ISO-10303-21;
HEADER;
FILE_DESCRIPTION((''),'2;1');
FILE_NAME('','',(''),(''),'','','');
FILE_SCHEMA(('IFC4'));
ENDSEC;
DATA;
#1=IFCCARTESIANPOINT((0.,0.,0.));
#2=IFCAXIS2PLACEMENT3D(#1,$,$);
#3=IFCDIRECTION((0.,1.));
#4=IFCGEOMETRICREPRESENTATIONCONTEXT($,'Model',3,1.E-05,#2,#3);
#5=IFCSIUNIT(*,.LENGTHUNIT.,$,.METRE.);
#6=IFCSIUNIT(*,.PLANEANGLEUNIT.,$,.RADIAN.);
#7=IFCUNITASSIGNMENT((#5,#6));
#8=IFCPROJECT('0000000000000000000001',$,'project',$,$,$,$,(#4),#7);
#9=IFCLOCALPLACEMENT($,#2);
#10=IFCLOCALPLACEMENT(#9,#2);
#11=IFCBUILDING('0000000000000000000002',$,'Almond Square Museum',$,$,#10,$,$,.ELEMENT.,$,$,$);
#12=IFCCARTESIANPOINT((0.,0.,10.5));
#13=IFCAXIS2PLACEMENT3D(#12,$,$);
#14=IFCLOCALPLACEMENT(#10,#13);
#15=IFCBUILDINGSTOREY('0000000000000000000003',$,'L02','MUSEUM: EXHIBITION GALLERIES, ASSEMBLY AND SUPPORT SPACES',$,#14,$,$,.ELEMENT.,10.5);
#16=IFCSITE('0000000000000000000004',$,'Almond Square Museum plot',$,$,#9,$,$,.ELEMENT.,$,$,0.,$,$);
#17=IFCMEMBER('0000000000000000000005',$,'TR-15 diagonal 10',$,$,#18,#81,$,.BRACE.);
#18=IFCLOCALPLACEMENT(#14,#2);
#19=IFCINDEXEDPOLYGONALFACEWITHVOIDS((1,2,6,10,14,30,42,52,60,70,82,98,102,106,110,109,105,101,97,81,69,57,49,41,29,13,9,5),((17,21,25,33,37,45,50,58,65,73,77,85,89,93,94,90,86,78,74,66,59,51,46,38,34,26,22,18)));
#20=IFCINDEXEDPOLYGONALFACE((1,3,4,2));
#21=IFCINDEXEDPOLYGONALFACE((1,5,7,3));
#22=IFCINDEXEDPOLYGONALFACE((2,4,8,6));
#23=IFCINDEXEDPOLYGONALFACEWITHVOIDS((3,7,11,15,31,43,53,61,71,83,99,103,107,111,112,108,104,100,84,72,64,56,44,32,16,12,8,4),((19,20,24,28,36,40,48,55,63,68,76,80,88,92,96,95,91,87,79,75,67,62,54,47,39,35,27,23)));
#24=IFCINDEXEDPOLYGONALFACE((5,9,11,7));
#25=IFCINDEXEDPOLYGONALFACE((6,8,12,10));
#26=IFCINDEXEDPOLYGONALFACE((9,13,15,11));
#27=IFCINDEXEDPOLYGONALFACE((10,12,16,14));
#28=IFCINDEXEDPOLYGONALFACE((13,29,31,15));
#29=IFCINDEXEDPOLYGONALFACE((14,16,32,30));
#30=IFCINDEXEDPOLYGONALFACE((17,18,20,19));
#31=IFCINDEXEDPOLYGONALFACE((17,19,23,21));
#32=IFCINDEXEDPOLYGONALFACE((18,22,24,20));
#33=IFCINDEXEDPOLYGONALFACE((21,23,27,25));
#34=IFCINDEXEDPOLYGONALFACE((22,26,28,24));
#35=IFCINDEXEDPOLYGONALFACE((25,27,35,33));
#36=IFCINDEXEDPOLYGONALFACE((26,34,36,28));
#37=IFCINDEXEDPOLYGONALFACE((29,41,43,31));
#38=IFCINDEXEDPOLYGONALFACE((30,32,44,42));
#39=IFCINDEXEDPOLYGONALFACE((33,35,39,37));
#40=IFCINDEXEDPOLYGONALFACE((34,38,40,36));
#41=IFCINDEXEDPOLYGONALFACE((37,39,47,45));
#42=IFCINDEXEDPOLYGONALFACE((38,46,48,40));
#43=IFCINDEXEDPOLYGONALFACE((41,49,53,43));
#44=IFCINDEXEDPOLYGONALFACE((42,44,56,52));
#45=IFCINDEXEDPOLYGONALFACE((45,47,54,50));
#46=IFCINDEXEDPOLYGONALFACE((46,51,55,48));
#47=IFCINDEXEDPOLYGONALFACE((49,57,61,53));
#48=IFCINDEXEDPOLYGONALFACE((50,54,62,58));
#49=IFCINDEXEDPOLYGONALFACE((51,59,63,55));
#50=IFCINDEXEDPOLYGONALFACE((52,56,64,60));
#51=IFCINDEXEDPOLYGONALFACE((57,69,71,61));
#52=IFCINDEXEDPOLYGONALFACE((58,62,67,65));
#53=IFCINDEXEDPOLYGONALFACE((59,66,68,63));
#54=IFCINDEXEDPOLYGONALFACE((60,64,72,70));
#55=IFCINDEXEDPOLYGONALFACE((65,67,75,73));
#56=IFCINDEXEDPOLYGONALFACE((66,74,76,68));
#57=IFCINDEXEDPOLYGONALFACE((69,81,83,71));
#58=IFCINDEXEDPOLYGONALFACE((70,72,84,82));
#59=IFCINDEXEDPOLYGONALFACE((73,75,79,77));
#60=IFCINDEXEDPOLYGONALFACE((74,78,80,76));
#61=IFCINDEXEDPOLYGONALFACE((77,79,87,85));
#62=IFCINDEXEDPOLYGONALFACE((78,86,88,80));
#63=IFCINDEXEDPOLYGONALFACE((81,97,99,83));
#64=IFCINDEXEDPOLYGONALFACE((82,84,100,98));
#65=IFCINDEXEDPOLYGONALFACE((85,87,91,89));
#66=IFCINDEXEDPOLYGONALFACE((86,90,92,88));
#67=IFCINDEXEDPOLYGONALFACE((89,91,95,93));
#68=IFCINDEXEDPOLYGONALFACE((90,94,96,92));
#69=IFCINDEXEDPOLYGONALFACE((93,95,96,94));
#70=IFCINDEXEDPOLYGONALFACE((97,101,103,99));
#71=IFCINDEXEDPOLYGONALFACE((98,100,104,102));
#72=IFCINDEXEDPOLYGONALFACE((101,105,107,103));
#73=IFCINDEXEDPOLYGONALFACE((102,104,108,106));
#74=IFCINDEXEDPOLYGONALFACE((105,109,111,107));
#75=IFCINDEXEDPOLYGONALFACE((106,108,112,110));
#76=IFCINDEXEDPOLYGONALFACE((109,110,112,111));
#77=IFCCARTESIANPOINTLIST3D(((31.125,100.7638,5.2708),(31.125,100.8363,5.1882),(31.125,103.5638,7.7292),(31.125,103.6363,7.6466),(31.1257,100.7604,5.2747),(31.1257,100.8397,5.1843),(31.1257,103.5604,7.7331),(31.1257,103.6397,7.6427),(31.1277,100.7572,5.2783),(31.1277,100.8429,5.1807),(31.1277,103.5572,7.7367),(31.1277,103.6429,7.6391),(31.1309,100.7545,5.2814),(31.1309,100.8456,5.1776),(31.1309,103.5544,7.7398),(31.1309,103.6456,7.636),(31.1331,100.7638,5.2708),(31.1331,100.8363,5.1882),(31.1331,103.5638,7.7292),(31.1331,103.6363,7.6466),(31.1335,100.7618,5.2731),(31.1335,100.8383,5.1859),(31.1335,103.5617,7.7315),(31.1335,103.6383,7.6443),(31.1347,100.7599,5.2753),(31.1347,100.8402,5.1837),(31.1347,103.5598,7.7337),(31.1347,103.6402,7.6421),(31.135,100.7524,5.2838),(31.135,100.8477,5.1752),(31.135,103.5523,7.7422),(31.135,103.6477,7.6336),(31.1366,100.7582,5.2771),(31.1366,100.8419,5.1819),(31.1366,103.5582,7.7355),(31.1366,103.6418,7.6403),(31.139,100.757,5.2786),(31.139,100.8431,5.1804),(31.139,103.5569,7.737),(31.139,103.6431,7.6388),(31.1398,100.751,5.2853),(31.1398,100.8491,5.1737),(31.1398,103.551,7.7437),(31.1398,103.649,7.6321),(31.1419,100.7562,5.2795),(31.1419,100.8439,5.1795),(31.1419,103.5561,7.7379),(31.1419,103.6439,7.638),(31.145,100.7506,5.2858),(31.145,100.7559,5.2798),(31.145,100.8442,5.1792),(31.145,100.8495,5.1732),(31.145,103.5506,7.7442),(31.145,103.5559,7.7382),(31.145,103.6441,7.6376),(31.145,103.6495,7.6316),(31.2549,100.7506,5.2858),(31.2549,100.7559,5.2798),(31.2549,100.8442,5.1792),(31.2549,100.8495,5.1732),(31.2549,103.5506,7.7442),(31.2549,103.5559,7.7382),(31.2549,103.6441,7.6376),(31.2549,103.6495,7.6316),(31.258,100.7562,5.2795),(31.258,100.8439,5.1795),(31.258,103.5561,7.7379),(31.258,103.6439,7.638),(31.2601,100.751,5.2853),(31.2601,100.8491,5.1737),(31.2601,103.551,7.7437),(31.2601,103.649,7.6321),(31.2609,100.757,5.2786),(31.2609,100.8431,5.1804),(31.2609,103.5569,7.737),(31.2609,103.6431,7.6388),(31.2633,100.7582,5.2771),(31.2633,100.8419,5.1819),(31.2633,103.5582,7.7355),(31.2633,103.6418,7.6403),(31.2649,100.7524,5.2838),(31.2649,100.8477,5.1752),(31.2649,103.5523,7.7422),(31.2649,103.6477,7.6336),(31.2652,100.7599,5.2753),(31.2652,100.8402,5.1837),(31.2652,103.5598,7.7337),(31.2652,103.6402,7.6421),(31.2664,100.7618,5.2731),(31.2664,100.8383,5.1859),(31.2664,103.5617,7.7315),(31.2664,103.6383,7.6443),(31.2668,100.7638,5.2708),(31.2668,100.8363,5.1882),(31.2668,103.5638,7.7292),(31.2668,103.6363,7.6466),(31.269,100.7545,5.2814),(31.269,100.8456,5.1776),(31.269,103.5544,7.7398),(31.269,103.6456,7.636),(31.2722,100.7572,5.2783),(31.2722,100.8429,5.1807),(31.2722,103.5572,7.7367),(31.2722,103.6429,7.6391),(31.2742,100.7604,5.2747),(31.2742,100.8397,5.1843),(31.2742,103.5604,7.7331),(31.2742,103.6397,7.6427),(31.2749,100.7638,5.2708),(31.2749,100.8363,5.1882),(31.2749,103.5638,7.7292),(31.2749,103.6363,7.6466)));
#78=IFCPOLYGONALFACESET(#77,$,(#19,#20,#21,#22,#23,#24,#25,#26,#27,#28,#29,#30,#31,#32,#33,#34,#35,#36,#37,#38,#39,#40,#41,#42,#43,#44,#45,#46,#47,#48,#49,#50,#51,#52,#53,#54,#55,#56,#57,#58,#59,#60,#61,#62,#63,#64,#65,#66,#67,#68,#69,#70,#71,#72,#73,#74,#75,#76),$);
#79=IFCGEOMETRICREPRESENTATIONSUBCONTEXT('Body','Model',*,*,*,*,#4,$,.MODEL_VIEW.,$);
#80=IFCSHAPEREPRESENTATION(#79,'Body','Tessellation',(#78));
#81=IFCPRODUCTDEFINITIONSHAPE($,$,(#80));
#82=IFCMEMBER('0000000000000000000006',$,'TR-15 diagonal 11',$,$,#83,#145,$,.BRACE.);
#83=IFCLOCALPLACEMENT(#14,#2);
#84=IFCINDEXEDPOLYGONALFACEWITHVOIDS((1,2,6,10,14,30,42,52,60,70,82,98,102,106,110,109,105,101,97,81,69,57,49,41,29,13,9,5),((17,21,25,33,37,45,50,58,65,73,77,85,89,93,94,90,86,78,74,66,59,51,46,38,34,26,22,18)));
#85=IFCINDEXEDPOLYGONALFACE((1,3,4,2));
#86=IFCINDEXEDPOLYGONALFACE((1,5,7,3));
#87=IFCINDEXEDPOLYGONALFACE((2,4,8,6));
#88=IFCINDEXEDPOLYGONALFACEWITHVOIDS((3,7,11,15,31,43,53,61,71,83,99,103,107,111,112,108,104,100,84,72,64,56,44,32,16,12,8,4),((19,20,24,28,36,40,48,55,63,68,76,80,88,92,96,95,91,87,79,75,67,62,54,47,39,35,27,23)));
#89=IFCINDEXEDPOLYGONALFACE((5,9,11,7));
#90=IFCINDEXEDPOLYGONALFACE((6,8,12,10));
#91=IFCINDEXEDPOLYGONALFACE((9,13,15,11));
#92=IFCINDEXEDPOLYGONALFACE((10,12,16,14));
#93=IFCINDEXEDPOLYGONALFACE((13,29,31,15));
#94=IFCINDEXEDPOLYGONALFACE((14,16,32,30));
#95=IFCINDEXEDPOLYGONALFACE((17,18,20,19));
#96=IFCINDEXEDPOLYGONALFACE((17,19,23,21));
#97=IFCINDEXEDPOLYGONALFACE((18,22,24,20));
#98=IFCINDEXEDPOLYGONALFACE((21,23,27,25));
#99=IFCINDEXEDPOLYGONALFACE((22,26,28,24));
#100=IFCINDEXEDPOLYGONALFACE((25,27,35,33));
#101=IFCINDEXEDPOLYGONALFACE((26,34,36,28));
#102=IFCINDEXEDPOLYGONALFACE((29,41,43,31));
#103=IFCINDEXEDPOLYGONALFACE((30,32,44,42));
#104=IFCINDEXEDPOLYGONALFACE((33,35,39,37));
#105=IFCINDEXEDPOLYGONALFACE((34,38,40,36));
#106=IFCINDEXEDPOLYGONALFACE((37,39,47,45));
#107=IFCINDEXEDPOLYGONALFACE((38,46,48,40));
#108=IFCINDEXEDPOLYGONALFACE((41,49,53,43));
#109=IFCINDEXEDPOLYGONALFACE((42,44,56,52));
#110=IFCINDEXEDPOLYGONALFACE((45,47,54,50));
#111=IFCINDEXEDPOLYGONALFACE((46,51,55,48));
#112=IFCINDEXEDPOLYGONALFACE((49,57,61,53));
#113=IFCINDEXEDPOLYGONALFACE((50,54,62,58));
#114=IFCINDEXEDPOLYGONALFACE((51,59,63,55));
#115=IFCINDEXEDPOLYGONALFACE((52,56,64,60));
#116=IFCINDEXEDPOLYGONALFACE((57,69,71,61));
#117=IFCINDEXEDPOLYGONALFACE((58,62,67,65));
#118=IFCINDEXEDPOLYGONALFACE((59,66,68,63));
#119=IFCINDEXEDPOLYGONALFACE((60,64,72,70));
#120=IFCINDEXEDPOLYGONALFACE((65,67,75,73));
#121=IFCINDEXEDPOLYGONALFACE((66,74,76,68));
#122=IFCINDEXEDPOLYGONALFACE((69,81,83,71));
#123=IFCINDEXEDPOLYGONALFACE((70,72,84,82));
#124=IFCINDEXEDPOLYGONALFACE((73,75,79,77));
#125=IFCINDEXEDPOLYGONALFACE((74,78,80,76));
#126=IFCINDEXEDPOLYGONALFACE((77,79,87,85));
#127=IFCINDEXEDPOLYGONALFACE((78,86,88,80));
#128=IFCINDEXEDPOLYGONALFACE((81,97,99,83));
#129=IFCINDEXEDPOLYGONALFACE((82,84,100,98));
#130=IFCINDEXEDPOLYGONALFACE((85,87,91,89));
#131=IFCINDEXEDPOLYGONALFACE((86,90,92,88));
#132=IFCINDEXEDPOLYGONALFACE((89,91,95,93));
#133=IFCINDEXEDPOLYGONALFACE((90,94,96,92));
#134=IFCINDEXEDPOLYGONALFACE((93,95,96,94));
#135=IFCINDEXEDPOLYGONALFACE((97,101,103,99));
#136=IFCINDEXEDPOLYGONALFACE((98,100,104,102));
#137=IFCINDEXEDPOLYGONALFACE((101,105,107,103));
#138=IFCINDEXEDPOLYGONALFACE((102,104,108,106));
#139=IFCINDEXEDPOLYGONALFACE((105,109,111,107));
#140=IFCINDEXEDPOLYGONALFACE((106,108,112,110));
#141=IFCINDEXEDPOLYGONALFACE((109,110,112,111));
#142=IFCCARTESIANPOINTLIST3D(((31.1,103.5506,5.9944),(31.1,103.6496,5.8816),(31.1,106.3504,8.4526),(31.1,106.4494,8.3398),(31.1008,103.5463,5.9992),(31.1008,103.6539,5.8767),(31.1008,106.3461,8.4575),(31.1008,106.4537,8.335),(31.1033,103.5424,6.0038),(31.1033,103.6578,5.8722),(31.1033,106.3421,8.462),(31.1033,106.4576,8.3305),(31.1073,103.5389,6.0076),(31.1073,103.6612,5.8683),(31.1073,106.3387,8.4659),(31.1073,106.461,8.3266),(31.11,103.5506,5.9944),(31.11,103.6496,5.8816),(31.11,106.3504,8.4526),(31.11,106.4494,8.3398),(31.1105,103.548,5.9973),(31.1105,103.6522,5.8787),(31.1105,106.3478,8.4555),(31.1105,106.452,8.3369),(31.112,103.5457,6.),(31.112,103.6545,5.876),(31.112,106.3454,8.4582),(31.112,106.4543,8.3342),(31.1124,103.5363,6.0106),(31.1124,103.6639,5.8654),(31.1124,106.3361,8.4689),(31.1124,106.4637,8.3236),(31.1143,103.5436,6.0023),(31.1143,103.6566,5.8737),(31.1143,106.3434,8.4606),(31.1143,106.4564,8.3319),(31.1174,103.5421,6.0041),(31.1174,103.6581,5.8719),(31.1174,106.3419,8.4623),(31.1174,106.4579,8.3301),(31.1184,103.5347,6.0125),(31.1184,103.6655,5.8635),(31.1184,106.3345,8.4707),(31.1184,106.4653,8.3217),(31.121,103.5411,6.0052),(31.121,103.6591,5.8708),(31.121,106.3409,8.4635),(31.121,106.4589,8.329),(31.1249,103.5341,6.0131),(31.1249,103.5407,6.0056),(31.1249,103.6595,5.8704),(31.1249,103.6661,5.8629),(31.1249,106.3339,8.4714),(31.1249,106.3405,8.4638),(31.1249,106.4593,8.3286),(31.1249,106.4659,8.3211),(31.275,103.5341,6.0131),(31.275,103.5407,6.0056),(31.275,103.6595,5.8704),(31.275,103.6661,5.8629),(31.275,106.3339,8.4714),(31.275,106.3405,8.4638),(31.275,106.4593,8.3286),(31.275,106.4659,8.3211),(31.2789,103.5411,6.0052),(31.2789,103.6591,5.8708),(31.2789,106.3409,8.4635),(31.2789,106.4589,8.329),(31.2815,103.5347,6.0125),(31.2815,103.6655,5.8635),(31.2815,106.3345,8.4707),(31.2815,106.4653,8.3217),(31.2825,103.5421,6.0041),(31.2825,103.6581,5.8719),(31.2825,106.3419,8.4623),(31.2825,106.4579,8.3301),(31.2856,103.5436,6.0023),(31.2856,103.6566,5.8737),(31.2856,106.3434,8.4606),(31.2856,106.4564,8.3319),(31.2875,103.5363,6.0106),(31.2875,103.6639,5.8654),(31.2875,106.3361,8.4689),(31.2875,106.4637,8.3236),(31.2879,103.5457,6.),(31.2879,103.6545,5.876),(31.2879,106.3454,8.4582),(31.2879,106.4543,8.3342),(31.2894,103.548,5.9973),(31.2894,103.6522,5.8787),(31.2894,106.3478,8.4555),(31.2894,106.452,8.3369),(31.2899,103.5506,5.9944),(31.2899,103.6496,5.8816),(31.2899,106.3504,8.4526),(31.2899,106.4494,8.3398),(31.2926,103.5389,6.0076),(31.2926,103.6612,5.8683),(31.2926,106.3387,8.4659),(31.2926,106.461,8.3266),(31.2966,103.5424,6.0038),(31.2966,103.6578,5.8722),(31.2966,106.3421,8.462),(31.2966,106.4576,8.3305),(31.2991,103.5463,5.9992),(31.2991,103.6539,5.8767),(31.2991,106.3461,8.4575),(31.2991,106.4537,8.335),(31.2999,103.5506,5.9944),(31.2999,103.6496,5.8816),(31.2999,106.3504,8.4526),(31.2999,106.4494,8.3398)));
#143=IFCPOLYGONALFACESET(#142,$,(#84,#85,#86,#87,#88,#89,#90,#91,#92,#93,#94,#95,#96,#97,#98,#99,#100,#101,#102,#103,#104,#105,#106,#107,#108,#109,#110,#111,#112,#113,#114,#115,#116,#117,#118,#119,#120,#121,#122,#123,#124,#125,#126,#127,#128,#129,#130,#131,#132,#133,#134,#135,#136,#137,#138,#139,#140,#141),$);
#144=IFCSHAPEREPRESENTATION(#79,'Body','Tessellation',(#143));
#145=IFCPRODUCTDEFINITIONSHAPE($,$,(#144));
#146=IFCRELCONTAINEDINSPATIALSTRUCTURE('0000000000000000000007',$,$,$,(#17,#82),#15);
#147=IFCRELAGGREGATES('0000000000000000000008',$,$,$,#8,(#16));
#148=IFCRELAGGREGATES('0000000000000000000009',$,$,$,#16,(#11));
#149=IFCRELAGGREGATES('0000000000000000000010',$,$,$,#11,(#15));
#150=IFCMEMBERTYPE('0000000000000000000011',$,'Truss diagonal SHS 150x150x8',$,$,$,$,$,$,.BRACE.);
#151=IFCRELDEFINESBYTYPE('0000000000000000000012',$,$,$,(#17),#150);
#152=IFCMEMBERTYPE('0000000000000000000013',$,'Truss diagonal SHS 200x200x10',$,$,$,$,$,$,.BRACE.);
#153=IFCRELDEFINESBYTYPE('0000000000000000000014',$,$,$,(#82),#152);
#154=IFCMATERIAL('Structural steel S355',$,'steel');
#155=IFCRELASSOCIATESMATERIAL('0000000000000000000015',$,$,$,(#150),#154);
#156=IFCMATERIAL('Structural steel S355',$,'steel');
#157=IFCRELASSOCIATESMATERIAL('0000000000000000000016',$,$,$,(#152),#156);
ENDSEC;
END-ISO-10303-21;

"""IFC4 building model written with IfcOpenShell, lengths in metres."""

from ifc_helpers import new_model, si_unit, direction, frame, origin, origin_2d, place, context, subcontext, project, spatial, hollow_rectangle, extrude, material, material_profile, profile_set, type_object, element, save


model = new_model("IFC4")

# Units and contexts
model_context = context("Model", 3, precision=1e-05, world=origin(), true_north=direction((0.0, 1.0)))
body_context = subcontext(model_context, "Body", "Model", "MODEL_VIEW")
ifc_project = project(units=[si_unit("LENGTHUNIT", "METRE"), si_unit("PLANEANGLEUNIT", "RADIAN")], contexts=[model_context])

# Site, building, storey
site_placement = place(None, origin())
site = spatial("IfcSite", under=ifc_project, at=site_placement, Name="Almond Square Museum plot", CompositionType="ELEMENT", RefElevation=0.0)
building_placement = place(site_placement, origin())
building = spatial("IfcBuilding", under=site, at=building_placement, Name="Almond Square Museum", CompositionType="ELEMENT")
storey_placement = place(building_placement, frame((0.0, 0.0, 10.5)))
storey = spatial("IfcBuildingStorey", under=building, at=storey_placement, Name="L02", Description="MUSEUM: EXHIBITION GALLERIES, ASSEMBLY AND SUPPORT SPACES", CompositionType="ELEMENT", Elevation=10.5)

# Members
ifc_material_1 = material(Name="Structural steel S355", Category="steel")
ifc_material_profile_1 = material_profile(ifc_material_1, hollow_rectangle(XDim=0.1499, YDim=0.1499, WallThickness=0.0081, InnerFilletRadius=0.012, OuterFilletRadius=0.02, at=origin_2d()))
ifc_profile_set_1 = profile_set([ifc_material_profile_1], Name="Structural steel S355")
member_type_1 = type_object("IfcMemberType", Name="Truss diagonal SHS 150x150x8", PredefinedType="BRACE", material=ifc_profile_set_1)
member_1_placement = place(storey_placement, frame((31.2, 100.8, 5.2295), z_axis=(0.0, 0.751451, 0.659789), x_axis=(-1.0, 0.0, 0.0)))
element("IfcMember", 1, at=member_1_placement, inside=storey, type_object=member_type_1, Name="TR-15 diagonal 10", PredefinedType="BRACE", context=body_context, shape_type="SweptSolid", body=[
    extrude(hollow_rectangle(XDim=0.1499, YDim=0.1499, WallThickness=0.0081, InnerFilletRadius=0.012, OuterFilletRadius=0.02, at=origin_2d()), origin(), (0.0, 0.0, 1.0), 3.7261),
])
ifc_material_2 = material(Name="Structural steel S355", Category="steel")
ifc_material_profile_2 = material_profile(ifc_material_2, hollow_rectangle(XDim=0.2, YDim=0.2, WallThickness=0.01, InnerFilletRadius=0.0149, OuterFilletRadius=0.0249, at=origin_2d()))
ifc_profile_set_2 = profile_set([ifc_material_profile_2], Name="Structural steel S355")
member_type_2 = type_object("IfcMemberType", Name="Truss diagonal SHS 200x200x10", PredefinedType="BRACE", material=ifc_profile_set_2)
member_2_placement = place(storey_placement, frame((31.2, 103.6001, 5.938), z_axis=(0.0, 0.751455, 0.659784), x_axis=(-1.0, 0.0, 0.0)))
element("IfcMember", 2, at=member_2_placement, inside=storey, type_object=member_type_2, Name="TR-15 diagonal 11", PredefinedType="BRACE", context=body_context, shape_type="SweptSolid", body=[
    extrude(hollow_rectangle(XDim=0.2, YDim=0.2, WallThickness=0.01, InnerFilletRadius=0.0149, OuterFilletRadius=0.0249, at=origin_2d()), origin(), (0.0, 0.0, 1.0), 3.7258),
])

save(model, "model.ifc")
